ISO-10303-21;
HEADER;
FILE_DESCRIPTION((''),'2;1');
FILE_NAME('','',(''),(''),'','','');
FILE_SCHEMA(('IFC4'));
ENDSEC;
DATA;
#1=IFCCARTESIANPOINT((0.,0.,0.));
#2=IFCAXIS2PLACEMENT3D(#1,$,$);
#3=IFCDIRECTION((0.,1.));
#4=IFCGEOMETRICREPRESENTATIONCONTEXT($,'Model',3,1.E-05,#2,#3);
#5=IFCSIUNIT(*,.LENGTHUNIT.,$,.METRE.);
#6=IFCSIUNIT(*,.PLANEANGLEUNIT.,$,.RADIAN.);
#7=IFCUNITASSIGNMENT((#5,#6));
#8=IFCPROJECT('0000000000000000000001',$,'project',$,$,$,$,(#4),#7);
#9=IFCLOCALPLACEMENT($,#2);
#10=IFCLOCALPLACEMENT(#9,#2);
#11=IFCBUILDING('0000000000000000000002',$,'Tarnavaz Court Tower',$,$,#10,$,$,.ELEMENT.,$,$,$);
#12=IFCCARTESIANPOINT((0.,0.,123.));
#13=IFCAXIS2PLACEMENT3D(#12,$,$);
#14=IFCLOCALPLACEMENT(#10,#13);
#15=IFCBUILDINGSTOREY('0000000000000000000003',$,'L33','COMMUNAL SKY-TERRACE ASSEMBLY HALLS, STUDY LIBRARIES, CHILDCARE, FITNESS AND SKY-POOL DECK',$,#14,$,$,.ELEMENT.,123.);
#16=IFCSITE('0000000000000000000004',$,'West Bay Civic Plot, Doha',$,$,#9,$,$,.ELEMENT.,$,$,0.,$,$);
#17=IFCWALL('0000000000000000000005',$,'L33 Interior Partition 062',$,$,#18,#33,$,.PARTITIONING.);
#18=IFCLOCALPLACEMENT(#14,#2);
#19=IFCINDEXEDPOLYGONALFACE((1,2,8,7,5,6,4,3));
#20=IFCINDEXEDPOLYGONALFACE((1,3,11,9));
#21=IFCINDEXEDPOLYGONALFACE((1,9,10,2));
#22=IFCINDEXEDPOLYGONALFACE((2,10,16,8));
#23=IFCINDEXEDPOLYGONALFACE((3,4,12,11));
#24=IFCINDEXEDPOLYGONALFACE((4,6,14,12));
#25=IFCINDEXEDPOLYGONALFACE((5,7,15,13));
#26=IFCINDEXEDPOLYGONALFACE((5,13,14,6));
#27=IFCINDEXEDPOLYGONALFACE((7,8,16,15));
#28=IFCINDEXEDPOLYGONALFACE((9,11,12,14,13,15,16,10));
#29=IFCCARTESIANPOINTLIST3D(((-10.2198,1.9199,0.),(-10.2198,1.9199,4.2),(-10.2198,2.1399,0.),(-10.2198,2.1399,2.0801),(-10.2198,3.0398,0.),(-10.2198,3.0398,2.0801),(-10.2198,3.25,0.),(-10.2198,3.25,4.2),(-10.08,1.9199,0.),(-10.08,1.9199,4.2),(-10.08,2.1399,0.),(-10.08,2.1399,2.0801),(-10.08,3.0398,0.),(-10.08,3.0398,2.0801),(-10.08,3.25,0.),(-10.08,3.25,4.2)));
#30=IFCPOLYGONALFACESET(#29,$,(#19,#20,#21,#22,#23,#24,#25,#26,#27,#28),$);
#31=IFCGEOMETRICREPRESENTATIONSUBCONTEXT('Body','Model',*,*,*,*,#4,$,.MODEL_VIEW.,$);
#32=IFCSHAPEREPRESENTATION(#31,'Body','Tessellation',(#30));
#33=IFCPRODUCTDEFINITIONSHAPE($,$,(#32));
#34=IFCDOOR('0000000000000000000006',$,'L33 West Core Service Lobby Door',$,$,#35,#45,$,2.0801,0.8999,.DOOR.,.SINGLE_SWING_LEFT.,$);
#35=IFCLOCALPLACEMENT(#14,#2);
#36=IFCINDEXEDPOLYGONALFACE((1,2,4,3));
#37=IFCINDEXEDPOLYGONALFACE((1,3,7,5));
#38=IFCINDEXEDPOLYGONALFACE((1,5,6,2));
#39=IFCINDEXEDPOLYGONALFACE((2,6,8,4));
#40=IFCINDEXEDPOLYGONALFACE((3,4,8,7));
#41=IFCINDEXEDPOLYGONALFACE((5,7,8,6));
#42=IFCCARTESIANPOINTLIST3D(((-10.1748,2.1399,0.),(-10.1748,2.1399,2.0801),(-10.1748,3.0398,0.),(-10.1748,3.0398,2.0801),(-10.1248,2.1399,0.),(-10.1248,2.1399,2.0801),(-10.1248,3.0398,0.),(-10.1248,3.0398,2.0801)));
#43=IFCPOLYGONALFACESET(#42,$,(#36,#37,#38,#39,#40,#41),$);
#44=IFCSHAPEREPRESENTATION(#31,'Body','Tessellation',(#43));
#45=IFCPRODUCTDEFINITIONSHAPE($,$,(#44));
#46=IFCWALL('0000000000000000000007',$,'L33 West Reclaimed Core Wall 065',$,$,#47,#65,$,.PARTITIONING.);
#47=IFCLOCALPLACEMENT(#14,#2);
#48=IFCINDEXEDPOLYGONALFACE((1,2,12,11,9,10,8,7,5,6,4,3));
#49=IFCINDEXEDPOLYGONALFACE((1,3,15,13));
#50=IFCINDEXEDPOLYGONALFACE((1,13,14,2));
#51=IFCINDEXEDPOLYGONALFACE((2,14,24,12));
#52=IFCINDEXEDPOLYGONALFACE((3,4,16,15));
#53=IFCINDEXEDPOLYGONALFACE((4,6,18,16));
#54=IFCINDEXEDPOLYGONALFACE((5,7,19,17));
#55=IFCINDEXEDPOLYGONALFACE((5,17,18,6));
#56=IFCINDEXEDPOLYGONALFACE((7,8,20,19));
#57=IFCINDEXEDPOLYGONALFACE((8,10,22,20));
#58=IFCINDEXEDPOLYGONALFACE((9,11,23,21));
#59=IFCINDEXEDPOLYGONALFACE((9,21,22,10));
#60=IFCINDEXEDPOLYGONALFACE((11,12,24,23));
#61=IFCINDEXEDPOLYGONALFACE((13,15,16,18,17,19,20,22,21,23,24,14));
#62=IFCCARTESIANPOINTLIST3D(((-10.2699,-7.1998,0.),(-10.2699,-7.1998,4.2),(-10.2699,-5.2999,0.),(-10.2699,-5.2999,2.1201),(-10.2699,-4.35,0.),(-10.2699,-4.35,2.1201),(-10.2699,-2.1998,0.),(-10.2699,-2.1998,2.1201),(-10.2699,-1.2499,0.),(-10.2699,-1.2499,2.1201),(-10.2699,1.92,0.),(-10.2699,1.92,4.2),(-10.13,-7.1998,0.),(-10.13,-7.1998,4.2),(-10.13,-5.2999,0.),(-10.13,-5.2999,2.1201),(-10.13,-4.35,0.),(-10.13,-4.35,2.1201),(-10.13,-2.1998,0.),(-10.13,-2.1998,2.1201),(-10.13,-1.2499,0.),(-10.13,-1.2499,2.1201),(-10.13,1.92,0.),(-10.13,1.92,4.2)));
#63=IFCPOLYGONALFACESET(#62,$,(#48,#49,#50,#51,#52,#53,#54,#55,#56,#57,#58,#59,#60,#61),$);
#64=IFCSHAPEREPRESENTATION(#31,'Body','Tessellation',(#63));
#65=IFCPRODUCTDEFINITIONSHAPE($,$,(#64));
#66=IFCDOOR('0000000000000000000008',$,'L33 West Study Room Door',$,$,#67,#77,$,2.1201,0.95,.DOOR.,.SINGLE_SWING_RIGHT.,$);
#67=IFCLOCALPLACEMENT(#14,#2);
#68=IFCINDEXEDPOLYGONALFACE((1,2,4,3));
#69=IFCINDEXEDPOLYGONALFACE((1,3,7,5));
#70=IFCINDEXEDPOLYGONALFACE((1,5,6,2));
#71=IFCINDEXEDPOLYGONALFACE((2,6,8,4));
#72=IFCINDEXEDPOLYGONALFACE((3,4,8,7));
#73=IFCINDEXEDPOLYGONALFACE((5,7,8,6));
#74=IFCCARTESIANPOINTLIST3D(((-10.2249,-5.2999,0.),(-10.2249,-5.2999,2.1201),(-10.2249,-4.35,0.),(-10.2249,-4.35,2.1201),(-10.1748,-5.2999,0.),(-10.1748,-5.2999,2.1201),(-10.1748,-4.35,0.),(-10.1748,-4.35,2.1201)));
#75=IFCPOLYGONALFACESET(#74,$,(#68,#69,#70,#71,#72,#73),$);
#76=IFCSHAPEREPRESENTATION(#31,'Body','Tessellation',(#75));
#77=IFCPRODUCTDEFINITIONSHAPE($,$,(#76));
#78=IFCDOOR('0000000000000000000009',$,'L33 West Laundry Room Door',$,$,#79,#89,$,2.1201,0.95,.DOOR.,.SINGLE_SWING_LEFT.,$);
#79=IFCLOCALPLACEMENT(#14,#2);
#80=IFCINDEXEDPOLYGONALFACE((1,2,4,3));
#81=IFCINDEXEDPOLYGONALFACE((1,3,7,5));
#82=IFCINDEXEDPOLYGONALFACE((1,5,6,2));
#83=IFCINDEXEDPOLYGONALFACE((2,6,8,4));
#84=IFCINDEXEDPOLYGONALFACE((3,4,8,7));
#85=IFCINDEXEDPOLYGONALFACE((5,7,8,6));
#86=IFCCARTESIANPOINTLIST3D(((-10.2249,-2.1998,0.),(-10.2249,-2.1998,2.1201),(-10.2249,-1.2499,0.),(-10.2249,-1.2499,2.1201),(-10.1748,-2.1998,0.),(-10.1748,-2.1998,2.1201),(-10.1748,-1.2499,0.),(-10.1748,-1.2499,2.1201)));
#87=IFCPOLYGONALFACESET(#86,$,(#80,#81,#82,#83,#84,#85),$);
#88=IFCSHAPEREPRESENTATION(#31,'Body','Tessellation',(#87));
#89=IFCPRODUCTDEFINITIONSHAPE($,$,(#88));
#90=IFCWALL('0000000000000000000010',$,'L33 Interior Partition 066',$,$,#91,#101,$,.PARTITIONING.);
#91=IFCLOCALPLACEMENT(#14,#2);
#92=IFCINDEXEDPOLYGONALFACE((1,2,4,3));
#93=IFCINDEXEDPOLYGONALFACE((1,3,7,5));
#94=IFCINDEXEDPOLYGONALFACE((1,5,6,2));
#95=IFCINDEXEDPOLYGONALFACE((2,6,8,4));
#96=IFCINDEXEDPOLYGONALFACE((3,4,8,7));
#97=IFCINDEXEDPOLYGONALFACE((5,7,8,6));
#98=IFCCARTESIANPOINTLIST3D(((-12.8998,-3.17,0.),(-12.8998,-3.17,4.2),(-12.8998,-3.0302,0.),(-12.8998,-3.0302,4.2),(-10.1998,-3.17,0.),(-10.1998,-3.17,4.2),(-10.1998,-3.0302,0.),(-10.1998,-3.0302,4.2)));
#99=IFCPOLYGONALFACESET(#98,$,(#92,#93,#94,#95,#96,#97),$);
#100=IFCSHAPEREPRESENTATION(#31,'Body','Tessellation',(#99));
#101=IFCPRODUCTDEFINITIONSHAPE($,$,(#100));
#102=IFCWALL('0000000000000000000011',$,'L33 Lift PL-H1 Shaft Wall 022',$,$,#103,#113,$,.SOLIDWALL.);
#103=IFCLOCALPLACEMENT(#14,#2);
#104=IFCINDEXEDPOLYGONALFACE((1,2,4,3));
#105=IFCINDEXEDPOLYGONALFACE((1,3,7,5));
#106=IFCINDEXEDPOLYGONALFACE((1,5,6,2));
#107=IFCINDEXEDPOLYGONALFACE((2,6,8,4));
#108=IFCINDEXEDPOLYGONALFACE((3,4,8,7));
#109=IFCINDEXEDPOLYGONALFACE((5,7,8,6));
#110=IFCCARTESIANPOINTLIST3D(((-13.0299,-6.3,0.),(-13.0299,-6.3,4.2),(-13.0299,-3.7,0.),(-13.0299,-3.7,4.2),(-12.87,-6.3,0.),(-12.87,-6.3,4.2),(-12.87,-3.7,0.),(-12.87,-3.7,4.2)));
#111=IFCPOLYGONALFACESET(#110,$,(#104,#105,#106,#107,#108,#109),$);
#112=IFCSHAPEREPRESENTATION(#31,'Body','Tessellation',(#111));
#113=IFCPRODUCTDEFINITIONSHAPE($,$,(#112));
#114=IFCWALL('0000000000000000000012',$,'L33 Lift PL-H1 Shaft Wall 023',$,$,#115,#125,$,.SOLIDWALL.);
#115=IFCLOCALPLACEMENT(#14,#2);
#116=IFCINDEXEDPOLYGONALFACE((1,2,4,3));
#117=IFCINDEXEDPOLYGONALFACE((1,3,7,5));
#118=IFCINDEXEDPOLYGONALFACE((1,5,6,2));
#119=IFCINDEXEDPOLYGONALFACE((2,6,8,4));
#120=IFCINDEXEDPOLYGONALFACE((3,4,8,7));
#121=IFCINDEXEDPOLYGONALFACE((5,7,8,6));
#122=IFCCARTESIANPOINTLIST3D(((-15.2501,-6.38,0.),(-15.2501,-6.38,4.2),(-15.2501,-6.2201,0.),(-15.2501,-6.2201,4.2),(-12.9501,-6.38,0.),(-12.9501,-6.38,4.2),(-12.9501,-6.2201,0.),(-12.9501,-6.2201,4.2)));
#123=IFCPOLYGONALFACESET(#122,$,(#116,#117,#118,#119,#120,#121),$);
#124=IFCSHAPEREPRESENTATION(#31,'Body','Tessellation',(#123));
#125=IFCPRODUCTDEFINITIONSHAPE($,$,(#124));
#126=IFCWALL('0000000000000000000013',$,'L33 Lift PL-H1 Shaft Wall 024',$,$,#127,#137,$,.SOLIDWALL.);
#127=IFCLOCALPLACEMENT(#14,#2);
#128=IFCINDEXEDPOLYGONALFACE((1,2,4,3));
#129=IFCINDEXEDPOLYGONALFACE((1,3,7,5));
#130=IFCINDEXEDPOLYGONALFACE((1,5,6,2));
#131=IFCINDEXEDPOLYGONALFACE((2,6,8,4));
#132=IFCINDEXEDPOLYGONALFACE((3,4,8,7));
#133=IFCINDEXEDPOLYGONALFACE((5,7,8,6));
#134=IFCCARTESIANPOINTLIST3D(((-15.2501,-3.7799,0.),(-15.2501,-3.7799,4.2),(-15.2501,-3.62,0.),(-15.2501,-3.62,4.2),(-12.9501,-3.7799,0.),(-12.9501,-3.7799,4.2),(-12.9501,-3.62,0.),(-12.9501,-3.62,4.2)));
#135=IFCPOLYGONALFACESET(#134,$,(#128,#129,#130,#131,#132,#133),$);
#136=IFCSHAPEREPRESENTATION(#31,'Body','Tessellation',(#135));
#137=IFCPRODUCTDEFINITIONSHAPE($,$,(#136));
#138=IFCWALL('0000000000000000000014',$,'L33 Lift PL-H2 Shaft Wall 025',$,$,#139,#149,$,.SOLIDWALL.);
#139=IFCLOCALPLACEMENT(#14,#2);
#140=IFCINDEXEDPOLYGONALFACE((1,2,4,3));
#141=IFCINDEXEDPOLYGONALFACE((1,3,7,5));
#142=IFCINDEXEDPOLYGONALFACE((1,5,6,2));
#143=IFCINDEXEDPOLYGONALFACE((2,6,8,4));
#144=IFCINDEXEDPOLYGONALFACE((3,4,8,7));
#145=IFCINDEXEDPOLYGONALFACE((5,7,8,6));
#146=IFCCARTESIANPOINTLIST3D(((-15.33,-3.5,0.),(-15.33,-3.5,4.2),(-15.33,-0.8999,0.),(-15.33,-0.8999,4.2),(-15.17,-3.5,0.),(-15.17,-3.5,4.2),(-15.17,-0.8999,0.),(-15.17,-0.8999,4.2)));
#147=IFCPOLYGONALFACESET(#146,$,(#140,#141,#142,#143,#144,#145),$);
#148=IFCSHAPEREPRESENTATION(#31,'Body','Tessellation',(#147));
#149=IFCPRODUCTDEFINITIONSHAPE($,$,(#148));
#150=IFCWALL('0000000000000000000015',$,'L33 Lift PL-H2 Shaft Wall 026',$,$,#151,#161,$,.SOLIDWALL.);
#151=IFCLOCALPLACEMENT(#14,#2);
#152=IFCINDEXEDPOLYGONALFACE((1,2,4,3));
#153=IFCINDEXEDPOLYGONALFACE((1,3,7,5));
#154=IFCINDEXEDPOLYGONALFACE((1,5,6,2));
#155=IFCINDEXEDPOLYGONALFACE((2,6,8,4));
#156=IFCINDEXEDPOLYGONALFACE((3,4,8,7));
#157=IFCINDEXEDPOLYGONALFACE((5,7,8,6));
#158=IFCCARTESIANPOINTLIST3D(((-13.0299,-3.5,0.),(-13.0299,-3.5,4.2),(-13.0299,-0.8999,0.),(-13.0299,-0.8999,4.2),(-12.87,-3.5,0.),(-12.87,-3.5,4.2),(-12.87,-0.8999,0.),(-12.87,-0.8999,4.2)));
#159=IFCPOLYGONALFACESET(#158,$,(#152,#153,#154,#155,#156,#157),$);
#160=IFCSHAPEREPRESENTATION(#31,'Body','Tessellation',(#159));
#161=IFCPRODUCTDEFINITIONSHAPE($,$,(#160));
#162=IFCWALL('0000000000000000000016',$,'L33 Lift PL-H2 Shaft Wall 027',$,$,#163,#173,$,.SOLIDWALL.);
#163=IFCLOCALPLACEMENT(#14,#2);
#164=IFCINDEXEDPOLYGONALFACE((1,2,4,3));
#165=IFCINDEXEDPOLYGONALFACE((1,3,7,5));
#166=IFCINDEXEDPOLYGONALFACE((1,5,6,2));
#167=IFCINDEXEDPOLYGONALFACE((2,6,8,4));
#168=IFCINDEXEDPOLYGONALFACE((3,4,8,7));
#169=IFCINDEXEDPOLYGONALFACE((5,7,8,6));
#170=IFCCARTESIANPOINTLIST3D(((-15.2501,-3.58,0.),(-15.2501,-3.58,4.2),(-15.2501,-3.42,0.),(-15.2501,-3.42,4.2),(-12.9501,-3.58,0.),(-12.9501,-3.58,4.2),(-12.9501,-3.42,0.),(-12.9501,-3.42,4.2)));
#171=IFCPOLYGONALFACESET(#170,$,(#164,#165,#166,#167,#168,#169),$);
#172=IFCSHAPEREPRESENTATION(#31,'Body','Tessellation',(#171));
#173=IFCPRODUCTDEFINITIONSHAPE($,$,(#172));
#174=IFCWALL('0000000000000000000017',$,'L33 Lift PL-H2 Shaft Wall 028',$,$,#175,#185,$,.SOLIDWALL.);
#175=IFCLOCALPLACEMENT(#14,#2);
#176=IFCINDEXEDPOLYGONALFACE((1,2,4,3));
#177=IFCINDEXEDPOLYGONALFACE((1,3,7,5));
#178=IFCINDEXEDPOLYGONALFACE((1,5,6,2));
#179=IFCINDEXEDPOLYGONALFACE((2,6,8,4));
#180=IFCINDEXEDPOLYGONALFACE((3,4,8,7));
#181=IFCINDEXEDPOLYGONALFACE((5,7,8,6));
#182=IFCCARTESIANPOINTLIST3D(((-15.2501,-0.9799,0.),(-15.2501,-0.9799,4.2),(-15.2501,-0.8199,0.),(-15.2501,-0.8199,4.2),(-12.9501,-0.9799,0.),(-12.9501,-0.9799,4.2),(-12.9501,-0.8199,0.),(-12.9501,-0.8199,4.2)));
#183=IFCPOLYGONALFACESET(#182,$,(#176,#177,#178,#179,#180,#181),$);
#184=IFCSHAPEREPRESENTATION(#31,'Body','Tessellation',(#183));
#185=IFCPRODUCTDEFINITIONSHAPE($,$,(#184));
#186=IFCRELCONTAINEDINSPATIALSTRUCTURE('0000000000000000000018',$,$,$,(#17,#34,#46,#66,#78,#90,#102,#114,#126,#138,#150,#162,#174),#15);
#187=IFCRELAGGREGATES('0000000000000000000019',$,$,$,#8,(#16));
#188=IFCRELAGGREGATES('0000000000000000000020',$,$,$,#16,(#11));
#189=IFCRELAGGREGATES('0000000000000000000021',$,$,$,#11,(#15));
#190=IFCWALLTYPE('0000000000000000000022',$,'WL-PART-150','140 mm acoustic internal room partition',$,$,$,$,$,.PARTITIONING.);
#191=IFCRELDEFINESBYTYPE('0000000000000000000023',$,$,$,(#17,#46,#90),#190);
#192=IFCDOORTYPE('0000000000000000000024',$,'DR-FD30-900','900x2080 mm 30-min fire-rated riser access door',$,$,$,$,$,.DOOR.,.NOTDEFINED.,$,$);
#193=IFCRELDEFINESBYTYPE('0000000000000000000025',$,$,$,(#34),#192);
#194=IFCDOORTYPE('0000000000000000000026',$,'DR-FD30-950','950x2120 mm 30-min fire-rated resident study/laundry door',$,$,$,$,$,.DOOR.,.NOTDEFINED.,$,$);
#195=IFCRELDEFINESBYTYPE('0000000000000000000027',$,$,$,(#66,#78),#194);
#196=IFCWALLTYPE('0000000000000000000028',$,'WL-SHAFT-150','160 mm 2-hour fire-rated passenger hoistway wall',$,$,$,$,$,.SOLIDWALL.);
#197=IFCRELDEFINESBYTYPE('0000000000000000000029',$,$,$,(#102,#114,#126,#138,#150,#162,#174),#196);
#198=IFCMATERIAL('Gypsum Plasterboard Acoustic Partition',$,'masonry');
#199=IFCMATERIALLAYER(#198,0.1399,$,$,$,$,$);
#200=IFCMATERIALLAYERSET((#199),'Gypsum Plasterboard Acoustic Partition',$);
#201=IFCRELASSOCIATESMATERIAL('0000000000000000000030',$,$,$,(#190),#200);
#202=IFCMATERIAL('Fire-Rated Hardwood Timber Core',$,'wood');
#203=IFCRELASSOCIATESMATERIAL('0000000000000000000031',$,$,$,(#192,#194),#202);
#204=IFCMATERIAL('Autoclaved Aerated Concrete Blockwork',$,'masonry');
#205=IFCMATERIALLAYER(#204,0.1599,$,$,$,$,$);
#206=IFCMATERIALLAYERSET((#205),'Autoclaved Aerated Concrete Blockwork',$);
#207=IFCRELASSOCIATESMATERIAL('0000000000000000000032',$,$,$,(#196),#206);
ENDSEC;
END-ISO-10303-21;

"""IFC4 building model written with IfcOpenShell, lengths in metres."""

from ifc_helpers import new_model, si_unit, direction, frame, frame_2d, origin, place, context, subcontext, project, spatial, rectangle, extrude, material, layer, layer_set, type_object, element, fill, save


model = new_model("IFC4")

# Units and contexts
model_context = context("Model", 3, precision=1e-05, world=origin(), true_north=direction((0.0, 1.0)))
body_context = subcontext(model_context, "Body", "Model", "MODEL_VIEW")
ifc_project = project(units=[si_unit("LENGTHUNIT", "METRE"), si_unit("PLANEANGLEUNIT", "RADIAN")], contexts=[model_context])

# Site, building, storey
site_placement = place(None, origin())
site = spatial("IfcSite", under=ifc_project, at=site_placement, Name="West Bay Civic Plot, Doha", CompositionType="ELEMENT", RefElevation=0.0)
building_placement = place(site_placement, origin())
building = spatial("IfcBuilding", under=site, at=building_placement, Name="Tarnavaz Court Tower", CompositionType="ELEMENT")
storey_placement = place(building_placement, frame((0.0, 0.0, 123.0)))
storey = spatial("IfcBuildingStorey", under=building, at=storey_placement, Name="L33", Description="COMMUNAL SKY-TERRACE ASSEMBLY HALLS, STUDY LIBRARIES, CHILDCARE, FITNESS AND SKY-POOL DECK", CompositionType="ELEMENT", Elevation=123.0)

# Shared definitions
ifc_material_1 = material(Name="Gypsum Plasterboard Acoustic Partition", Category="masonry")
ifc_layer_1 = layer(ifc_material_1, 0.1399)
ifc_layer_set_1 = layer_set([ifc_layer_1], Name="Gypsum Plasterboard Acoustic Partition")
wall_type_1 = type_object("IfcWallType", Name="WL-PART-150", Description="140 mm acoustic internal room partition", PredefinedType="PARTITIONING", material=ifc_layer_set_1)

# Wall, opening, door
wall_1_placement = place(storey_placement, frame((-10.1499, 1.9199, 0.0), z_axis=(0.0, 0.0, 1.0), x_axis=(0.0, 1.0, 0.0)))
wall_1 = element("IfcWall", 1, at=wall_1_placement, inside=storey, type_object=wall_type_1, Name="L33 Interior Partition 062", PredefinedType="PARTITIONING", context=body_context, shape_type="SweptSolid", body=[
    extrude(rectangle(XDim=1.3301, YDim=0.1399, at=frame_2d((0.665, 0.0))), origin(), (0.0, 0.0, 1.0), 4.2),
])
opening_1_placement = place(wall_1_placement, frame((0.22, 0.0, 0.0)))
opening_1 = element("IfcOpeningElement", 2, at=opening_1_placement, cuts=wall_1, PredefinedType="OPENING", context=body_context, shape_type="SweptSolid", body=[
    extrude(rectangle(XDim=0.8999, YDim=2.0801, at=frame_2d((0.45, 1.04))), frame((0.0, 0.0798, 0.0), z_axis=(0.0, -1.0, 0.0), x_axis=(1.0, 0.0, 0.0)), (0.0, 0.0, 1.0), 0.1599),
])
ifc_material_2 = material(Name="Fire-Rated Hardwood Timber Core", Category="wood")
door_type_1 = type_object("IfcDoorType", Name="DR-FD30-900", Description="900x2080 mm 30-min fire-rated riser access door", OperationType="NOTDEFINED", PredefinedType="DOOR", material=ifc_material_2)
door_1_placement = place(opening_1_placement, origin())
door_1 = element("IfcDoor", 3, at=door_1_placement, inside=storey, type_object=door_type_1, Name="L33 West Core Service Lobby Door", OperationType="SINGLE_SWING_LEFT", OverallHeight=2.0801, OverallWidth=0.8999, PredefinedType="DOOR", context=body_context, shape_type="SweptSolid", body=[
    extrude(rectangle(XDim=0.8999, YDim=2.0801, at=frame_2d((0.45, 1.04))), frame((0.0, 0.0249, 0.0), z_axis=(0.0, -1.0, 0.0), x_axis=(1.0, 0.0, 0.0)), (0.0, 0.0, 1.0), 0.05),
])
fill(opening_1, door_1)

# Wall, openings, doors
wall_2_placement = place(storey_placement, frame((-10.2, -7.2, 0.0), z_axis=(0.0, 0.0, 1.0), x_axis=(0.0, 1.0, 0.0)))
wall_2 = element("IfcWall", 4, at=wall_2_placement, inside=storey, type_object=wall_type_1, Name="L33 West Reclaimed Core Wall 065", PredefinedType="PARTITIONING", context=body_context, shape_type="SweptSolid", body=[
    extrude(rectangle(XDim=9.1199, YDim=0.1399, at=frame_2d((4.5601, 0.0))), origin(), (0.0, 0.0, 1.0), 4.2),
])
opening_2_placement = place(wall_2_placement, frame((1.8999, 0.0, 0.0)))
opening_2 = element("IfcOpeningElement", 5, at=opening_2_placement, cuts=wall_2, PredefinedType="OPENING", context=body_context, shape_type="SweptSolid", body=[
    extrude(rectangle(XDim=0.95, YDim=2.1201, at=frame_2d((0.4751, 1.0601))), frame((0.0, 0.0798, 0.0), z_axis=(0.0, -1.0, 0.0), x_axis=(1.0, 0.0, 0.0)), (0.0, 0.0, 1.0), 0.1599),
])
opening_3_placement = place(wall_2_placement, frame((5.0, 0.0, 0.0)))
opening_3 = element("IfcOpeningElement", 6, at=opening_3_placement, cuts=wall_2, PredefinedType="OPENING", context=body_context, shape_type="SweptSolid", body=[
    extrude(rectangle(XDim=0.95, YDim=2.1201, at=frame_2d((0.4751, 1.0601))), frame((0.0, 0.0798, 0.0), z_axis=(0.0, -1.0, 0.0), x_axis=(1.0, 0.0, 0.0)), (0.0, 0.0, 1.0), 0.1599),
])
door_type_2 = type_object("IfcDoorType", Name="DR-FD30-950", Description="950x2120 mm 30-min fire-rated resident study/laundry door", OperationType="NOTDEFINED", PredefinedType="DOOR", material=ifc_material_2)
door_2_placement = place(opening_2_placement, origin())
door_2 = element("IfcDoor", 7, at=door_2_placement, inside=storey, type_object=door_type_2, Name="L33 West Study Room Door", OperationType="SINGLE_SWING_RIGHT", OverallHeight=2.1201, OverallWidth=0.95, PredefinedType="DOOR", context=body_context, shape_type="SweptSolid", body=[
    extrude(rectangle(XDim=0.95, YDim=2.1201, at=frame_2d((0.4751, 1.0601))), frame((0.0, 0.0249, 0.0), z_axis=(0.0, -1.0, 0.0), x_axis=(1.0, 0.0, 0.0)), (0.0, 0.0, 1.0), 0.05),
])
fill(opening_2, door_2)
door_3_placement = place(opening_3_placement, origin())
door_3 = element("IfcDoor", 8, at=door_3_placement, inside=storey, type_object=door_type_2, Name="L33 West Laundry Room Door", OperationType="SINGLE_SWING_LEFT", OverallHeight=2.1201, OverallWidth=0.95, PredefinedType="DOOR", context=body_context, shape_type="SweptSolid", body=[
    extrude(rectangle(XDim=0.95, YDim=2.1201, at=frame_2d((0.4751, 1.0601))), frame((0.0, 0.0249, 0.0), z_axis=(0.0, -1.0, 0.0), x_axis=(1.0, 0.0, 0.0)), (0.0, 0.0, 1.0), 0.05),
])
fill(opening_3, door_3)

# Walls
wall_3_placement = place(storey_placement, frame((-12.8999, -3.1001, 0.0), z_axis=(0.0, 0.0, 1.0), x_axis=(1.0, 0.0, 0.0)))
element("IfcWall", 9, at=wall_3_placement, inside=storey, type_object=wall_type_1, Name="L33 Interior Partition 066", PredefinedType="PARTITIONING", context=body_context, shape_type="SweptSolid", body=[
    extrude(rectangle(XDim=2.7, YDim=0.1399, at=frame_2d((1.3501, 0.0))), origin(), (0.0, 0.0, 1.0), 4.2),
])
ifc_material_3 = material(Name="Autoclaved Aerated Concrete Blockwork", Category="masonry")
ifc_layer_2 = layer(ifc_material_3, 0.1599)
ifc_layer_set_2 = layer_set([ifc_layer_2], Name="Autoclaved Aerated Concrete Blockwork")
wall_type_2 = type_object("IfcWallType", Name="WL-SHAFT-150", Description="160 mm 2-hour fire-rated passenger hoistway wall", PredefinedType="SOLIDWALL", material=ifc_layer_set_2)
wall_4_placement = place(storey_placement, frame((-12.95, -6.3, 0.0), z_axis=(0.0, 0.0, 1.0), x_axis=(0.0, 1.0, 0.0)))
element("IfcWall", 10, at=wall_4_placement, inside=storey, type_object=wall_type_2, Name="L33 Lift PL-H1 Shaft Wall 022", PredefinedType="SOLIDWALL", context=body_context, shape_type="SweptSolid", body=[
    extrude(rectangle(XDim=2.6001, YDim=0.1599, at=frame_2d((1.3, 0.0))), origin(), (0.0, 0.0, 1.0), 4.2),
])
for number, where, z_axis, x_axis, name in (
    (11, (-15.25, -6.3, 0.0), (0.0, 0.0, 1.0), (1.0, 0.0, 0.0), "L33 Lift PL-H1 Shaft Wall 023"),
    (12, (-15.25, -3.7, 0.0), (0.0, 0.0, 1.0), (1.0, 0.0, 0.0), "L33 Lift PL-H1 Shaft Wall 024"),
):
    element("IfcWall", number, at=place(storey_placement, frame(where, z_axis=z_axis, x_axis=x_axis)), inside=storey, type_object=wall_type_2, Name=name, PredefinedType="SOLIDWALL", context=body_context, shape_type="SweptSolid", body=[
        extrude(rectangle(XDim=2.3, YDim=0.1599, at=frame_2d((1.1499, 0.0))), origin(), (0.0, 0.0, 1.0), 4.2),
    ])
for number, where, z_axis, x_axis, name in (
    (13, (-15.25, -3.5, 0.0), (0.0, 0.0, 1.0), (0.0, 1.0, 0.0), "L33 Lift PL-H2 Shaft Wall 025"),
    (14, (-12.95, -3.5, 0.0), (0.0, 0.0, 1.0), (0.0, 1.0, 0.0), "L33 Lift PL-H2 Shaft Wall 026"),
):
    element("IfcWall", number, at=place(storey_placement, frame(where, z_axis=z_axis, x_axis=x_axis)), inside=storey, type_object=wall_type_2, Name=name, PredefinedType="SOLIDWALL", context=body_context, shape_type="SweptSolid", body=[
        extrude(rectangle(XDim=2.6001, YDim=0.1599, at=frame_2d((1.3, 0.0))), origin(), (0.0, 0.0, 1.0), 4.2),
    ])
for number, where, z_axis, x_axis, name in (
    (15, (-15.25, -3.5, 0.0), (0.0, 0.0, 1.0), (1.0, 0.0, 0.0), "L33 Lift PL-H2 Shaft Wall 027"),
    (16, (-15.25, -0.8999, 0.0), (0.0, 0.0, 1.0), (1.0, 0.0, 0.0), "L33 Lift PL-H2 Shaft Wall 028"),
):
    element("IfcWall", number, at=place(storey_placement, frame(where, z_axis=z_axis, x_axis=x_axis)), inside=storey, type_object=wall_type_2, Name=name, PredefinedType="SOLIDWALL", context=body_context, shape_type="SweptSolid", body=[
        extrude(rectangle(XDim=2.3, YDim=0.1599, at=frame_2d((1.1499, 0.0))), origin(), (0.0, 0.0, 1.0), 4.2),
    ])

save(model, "model.ifc")
